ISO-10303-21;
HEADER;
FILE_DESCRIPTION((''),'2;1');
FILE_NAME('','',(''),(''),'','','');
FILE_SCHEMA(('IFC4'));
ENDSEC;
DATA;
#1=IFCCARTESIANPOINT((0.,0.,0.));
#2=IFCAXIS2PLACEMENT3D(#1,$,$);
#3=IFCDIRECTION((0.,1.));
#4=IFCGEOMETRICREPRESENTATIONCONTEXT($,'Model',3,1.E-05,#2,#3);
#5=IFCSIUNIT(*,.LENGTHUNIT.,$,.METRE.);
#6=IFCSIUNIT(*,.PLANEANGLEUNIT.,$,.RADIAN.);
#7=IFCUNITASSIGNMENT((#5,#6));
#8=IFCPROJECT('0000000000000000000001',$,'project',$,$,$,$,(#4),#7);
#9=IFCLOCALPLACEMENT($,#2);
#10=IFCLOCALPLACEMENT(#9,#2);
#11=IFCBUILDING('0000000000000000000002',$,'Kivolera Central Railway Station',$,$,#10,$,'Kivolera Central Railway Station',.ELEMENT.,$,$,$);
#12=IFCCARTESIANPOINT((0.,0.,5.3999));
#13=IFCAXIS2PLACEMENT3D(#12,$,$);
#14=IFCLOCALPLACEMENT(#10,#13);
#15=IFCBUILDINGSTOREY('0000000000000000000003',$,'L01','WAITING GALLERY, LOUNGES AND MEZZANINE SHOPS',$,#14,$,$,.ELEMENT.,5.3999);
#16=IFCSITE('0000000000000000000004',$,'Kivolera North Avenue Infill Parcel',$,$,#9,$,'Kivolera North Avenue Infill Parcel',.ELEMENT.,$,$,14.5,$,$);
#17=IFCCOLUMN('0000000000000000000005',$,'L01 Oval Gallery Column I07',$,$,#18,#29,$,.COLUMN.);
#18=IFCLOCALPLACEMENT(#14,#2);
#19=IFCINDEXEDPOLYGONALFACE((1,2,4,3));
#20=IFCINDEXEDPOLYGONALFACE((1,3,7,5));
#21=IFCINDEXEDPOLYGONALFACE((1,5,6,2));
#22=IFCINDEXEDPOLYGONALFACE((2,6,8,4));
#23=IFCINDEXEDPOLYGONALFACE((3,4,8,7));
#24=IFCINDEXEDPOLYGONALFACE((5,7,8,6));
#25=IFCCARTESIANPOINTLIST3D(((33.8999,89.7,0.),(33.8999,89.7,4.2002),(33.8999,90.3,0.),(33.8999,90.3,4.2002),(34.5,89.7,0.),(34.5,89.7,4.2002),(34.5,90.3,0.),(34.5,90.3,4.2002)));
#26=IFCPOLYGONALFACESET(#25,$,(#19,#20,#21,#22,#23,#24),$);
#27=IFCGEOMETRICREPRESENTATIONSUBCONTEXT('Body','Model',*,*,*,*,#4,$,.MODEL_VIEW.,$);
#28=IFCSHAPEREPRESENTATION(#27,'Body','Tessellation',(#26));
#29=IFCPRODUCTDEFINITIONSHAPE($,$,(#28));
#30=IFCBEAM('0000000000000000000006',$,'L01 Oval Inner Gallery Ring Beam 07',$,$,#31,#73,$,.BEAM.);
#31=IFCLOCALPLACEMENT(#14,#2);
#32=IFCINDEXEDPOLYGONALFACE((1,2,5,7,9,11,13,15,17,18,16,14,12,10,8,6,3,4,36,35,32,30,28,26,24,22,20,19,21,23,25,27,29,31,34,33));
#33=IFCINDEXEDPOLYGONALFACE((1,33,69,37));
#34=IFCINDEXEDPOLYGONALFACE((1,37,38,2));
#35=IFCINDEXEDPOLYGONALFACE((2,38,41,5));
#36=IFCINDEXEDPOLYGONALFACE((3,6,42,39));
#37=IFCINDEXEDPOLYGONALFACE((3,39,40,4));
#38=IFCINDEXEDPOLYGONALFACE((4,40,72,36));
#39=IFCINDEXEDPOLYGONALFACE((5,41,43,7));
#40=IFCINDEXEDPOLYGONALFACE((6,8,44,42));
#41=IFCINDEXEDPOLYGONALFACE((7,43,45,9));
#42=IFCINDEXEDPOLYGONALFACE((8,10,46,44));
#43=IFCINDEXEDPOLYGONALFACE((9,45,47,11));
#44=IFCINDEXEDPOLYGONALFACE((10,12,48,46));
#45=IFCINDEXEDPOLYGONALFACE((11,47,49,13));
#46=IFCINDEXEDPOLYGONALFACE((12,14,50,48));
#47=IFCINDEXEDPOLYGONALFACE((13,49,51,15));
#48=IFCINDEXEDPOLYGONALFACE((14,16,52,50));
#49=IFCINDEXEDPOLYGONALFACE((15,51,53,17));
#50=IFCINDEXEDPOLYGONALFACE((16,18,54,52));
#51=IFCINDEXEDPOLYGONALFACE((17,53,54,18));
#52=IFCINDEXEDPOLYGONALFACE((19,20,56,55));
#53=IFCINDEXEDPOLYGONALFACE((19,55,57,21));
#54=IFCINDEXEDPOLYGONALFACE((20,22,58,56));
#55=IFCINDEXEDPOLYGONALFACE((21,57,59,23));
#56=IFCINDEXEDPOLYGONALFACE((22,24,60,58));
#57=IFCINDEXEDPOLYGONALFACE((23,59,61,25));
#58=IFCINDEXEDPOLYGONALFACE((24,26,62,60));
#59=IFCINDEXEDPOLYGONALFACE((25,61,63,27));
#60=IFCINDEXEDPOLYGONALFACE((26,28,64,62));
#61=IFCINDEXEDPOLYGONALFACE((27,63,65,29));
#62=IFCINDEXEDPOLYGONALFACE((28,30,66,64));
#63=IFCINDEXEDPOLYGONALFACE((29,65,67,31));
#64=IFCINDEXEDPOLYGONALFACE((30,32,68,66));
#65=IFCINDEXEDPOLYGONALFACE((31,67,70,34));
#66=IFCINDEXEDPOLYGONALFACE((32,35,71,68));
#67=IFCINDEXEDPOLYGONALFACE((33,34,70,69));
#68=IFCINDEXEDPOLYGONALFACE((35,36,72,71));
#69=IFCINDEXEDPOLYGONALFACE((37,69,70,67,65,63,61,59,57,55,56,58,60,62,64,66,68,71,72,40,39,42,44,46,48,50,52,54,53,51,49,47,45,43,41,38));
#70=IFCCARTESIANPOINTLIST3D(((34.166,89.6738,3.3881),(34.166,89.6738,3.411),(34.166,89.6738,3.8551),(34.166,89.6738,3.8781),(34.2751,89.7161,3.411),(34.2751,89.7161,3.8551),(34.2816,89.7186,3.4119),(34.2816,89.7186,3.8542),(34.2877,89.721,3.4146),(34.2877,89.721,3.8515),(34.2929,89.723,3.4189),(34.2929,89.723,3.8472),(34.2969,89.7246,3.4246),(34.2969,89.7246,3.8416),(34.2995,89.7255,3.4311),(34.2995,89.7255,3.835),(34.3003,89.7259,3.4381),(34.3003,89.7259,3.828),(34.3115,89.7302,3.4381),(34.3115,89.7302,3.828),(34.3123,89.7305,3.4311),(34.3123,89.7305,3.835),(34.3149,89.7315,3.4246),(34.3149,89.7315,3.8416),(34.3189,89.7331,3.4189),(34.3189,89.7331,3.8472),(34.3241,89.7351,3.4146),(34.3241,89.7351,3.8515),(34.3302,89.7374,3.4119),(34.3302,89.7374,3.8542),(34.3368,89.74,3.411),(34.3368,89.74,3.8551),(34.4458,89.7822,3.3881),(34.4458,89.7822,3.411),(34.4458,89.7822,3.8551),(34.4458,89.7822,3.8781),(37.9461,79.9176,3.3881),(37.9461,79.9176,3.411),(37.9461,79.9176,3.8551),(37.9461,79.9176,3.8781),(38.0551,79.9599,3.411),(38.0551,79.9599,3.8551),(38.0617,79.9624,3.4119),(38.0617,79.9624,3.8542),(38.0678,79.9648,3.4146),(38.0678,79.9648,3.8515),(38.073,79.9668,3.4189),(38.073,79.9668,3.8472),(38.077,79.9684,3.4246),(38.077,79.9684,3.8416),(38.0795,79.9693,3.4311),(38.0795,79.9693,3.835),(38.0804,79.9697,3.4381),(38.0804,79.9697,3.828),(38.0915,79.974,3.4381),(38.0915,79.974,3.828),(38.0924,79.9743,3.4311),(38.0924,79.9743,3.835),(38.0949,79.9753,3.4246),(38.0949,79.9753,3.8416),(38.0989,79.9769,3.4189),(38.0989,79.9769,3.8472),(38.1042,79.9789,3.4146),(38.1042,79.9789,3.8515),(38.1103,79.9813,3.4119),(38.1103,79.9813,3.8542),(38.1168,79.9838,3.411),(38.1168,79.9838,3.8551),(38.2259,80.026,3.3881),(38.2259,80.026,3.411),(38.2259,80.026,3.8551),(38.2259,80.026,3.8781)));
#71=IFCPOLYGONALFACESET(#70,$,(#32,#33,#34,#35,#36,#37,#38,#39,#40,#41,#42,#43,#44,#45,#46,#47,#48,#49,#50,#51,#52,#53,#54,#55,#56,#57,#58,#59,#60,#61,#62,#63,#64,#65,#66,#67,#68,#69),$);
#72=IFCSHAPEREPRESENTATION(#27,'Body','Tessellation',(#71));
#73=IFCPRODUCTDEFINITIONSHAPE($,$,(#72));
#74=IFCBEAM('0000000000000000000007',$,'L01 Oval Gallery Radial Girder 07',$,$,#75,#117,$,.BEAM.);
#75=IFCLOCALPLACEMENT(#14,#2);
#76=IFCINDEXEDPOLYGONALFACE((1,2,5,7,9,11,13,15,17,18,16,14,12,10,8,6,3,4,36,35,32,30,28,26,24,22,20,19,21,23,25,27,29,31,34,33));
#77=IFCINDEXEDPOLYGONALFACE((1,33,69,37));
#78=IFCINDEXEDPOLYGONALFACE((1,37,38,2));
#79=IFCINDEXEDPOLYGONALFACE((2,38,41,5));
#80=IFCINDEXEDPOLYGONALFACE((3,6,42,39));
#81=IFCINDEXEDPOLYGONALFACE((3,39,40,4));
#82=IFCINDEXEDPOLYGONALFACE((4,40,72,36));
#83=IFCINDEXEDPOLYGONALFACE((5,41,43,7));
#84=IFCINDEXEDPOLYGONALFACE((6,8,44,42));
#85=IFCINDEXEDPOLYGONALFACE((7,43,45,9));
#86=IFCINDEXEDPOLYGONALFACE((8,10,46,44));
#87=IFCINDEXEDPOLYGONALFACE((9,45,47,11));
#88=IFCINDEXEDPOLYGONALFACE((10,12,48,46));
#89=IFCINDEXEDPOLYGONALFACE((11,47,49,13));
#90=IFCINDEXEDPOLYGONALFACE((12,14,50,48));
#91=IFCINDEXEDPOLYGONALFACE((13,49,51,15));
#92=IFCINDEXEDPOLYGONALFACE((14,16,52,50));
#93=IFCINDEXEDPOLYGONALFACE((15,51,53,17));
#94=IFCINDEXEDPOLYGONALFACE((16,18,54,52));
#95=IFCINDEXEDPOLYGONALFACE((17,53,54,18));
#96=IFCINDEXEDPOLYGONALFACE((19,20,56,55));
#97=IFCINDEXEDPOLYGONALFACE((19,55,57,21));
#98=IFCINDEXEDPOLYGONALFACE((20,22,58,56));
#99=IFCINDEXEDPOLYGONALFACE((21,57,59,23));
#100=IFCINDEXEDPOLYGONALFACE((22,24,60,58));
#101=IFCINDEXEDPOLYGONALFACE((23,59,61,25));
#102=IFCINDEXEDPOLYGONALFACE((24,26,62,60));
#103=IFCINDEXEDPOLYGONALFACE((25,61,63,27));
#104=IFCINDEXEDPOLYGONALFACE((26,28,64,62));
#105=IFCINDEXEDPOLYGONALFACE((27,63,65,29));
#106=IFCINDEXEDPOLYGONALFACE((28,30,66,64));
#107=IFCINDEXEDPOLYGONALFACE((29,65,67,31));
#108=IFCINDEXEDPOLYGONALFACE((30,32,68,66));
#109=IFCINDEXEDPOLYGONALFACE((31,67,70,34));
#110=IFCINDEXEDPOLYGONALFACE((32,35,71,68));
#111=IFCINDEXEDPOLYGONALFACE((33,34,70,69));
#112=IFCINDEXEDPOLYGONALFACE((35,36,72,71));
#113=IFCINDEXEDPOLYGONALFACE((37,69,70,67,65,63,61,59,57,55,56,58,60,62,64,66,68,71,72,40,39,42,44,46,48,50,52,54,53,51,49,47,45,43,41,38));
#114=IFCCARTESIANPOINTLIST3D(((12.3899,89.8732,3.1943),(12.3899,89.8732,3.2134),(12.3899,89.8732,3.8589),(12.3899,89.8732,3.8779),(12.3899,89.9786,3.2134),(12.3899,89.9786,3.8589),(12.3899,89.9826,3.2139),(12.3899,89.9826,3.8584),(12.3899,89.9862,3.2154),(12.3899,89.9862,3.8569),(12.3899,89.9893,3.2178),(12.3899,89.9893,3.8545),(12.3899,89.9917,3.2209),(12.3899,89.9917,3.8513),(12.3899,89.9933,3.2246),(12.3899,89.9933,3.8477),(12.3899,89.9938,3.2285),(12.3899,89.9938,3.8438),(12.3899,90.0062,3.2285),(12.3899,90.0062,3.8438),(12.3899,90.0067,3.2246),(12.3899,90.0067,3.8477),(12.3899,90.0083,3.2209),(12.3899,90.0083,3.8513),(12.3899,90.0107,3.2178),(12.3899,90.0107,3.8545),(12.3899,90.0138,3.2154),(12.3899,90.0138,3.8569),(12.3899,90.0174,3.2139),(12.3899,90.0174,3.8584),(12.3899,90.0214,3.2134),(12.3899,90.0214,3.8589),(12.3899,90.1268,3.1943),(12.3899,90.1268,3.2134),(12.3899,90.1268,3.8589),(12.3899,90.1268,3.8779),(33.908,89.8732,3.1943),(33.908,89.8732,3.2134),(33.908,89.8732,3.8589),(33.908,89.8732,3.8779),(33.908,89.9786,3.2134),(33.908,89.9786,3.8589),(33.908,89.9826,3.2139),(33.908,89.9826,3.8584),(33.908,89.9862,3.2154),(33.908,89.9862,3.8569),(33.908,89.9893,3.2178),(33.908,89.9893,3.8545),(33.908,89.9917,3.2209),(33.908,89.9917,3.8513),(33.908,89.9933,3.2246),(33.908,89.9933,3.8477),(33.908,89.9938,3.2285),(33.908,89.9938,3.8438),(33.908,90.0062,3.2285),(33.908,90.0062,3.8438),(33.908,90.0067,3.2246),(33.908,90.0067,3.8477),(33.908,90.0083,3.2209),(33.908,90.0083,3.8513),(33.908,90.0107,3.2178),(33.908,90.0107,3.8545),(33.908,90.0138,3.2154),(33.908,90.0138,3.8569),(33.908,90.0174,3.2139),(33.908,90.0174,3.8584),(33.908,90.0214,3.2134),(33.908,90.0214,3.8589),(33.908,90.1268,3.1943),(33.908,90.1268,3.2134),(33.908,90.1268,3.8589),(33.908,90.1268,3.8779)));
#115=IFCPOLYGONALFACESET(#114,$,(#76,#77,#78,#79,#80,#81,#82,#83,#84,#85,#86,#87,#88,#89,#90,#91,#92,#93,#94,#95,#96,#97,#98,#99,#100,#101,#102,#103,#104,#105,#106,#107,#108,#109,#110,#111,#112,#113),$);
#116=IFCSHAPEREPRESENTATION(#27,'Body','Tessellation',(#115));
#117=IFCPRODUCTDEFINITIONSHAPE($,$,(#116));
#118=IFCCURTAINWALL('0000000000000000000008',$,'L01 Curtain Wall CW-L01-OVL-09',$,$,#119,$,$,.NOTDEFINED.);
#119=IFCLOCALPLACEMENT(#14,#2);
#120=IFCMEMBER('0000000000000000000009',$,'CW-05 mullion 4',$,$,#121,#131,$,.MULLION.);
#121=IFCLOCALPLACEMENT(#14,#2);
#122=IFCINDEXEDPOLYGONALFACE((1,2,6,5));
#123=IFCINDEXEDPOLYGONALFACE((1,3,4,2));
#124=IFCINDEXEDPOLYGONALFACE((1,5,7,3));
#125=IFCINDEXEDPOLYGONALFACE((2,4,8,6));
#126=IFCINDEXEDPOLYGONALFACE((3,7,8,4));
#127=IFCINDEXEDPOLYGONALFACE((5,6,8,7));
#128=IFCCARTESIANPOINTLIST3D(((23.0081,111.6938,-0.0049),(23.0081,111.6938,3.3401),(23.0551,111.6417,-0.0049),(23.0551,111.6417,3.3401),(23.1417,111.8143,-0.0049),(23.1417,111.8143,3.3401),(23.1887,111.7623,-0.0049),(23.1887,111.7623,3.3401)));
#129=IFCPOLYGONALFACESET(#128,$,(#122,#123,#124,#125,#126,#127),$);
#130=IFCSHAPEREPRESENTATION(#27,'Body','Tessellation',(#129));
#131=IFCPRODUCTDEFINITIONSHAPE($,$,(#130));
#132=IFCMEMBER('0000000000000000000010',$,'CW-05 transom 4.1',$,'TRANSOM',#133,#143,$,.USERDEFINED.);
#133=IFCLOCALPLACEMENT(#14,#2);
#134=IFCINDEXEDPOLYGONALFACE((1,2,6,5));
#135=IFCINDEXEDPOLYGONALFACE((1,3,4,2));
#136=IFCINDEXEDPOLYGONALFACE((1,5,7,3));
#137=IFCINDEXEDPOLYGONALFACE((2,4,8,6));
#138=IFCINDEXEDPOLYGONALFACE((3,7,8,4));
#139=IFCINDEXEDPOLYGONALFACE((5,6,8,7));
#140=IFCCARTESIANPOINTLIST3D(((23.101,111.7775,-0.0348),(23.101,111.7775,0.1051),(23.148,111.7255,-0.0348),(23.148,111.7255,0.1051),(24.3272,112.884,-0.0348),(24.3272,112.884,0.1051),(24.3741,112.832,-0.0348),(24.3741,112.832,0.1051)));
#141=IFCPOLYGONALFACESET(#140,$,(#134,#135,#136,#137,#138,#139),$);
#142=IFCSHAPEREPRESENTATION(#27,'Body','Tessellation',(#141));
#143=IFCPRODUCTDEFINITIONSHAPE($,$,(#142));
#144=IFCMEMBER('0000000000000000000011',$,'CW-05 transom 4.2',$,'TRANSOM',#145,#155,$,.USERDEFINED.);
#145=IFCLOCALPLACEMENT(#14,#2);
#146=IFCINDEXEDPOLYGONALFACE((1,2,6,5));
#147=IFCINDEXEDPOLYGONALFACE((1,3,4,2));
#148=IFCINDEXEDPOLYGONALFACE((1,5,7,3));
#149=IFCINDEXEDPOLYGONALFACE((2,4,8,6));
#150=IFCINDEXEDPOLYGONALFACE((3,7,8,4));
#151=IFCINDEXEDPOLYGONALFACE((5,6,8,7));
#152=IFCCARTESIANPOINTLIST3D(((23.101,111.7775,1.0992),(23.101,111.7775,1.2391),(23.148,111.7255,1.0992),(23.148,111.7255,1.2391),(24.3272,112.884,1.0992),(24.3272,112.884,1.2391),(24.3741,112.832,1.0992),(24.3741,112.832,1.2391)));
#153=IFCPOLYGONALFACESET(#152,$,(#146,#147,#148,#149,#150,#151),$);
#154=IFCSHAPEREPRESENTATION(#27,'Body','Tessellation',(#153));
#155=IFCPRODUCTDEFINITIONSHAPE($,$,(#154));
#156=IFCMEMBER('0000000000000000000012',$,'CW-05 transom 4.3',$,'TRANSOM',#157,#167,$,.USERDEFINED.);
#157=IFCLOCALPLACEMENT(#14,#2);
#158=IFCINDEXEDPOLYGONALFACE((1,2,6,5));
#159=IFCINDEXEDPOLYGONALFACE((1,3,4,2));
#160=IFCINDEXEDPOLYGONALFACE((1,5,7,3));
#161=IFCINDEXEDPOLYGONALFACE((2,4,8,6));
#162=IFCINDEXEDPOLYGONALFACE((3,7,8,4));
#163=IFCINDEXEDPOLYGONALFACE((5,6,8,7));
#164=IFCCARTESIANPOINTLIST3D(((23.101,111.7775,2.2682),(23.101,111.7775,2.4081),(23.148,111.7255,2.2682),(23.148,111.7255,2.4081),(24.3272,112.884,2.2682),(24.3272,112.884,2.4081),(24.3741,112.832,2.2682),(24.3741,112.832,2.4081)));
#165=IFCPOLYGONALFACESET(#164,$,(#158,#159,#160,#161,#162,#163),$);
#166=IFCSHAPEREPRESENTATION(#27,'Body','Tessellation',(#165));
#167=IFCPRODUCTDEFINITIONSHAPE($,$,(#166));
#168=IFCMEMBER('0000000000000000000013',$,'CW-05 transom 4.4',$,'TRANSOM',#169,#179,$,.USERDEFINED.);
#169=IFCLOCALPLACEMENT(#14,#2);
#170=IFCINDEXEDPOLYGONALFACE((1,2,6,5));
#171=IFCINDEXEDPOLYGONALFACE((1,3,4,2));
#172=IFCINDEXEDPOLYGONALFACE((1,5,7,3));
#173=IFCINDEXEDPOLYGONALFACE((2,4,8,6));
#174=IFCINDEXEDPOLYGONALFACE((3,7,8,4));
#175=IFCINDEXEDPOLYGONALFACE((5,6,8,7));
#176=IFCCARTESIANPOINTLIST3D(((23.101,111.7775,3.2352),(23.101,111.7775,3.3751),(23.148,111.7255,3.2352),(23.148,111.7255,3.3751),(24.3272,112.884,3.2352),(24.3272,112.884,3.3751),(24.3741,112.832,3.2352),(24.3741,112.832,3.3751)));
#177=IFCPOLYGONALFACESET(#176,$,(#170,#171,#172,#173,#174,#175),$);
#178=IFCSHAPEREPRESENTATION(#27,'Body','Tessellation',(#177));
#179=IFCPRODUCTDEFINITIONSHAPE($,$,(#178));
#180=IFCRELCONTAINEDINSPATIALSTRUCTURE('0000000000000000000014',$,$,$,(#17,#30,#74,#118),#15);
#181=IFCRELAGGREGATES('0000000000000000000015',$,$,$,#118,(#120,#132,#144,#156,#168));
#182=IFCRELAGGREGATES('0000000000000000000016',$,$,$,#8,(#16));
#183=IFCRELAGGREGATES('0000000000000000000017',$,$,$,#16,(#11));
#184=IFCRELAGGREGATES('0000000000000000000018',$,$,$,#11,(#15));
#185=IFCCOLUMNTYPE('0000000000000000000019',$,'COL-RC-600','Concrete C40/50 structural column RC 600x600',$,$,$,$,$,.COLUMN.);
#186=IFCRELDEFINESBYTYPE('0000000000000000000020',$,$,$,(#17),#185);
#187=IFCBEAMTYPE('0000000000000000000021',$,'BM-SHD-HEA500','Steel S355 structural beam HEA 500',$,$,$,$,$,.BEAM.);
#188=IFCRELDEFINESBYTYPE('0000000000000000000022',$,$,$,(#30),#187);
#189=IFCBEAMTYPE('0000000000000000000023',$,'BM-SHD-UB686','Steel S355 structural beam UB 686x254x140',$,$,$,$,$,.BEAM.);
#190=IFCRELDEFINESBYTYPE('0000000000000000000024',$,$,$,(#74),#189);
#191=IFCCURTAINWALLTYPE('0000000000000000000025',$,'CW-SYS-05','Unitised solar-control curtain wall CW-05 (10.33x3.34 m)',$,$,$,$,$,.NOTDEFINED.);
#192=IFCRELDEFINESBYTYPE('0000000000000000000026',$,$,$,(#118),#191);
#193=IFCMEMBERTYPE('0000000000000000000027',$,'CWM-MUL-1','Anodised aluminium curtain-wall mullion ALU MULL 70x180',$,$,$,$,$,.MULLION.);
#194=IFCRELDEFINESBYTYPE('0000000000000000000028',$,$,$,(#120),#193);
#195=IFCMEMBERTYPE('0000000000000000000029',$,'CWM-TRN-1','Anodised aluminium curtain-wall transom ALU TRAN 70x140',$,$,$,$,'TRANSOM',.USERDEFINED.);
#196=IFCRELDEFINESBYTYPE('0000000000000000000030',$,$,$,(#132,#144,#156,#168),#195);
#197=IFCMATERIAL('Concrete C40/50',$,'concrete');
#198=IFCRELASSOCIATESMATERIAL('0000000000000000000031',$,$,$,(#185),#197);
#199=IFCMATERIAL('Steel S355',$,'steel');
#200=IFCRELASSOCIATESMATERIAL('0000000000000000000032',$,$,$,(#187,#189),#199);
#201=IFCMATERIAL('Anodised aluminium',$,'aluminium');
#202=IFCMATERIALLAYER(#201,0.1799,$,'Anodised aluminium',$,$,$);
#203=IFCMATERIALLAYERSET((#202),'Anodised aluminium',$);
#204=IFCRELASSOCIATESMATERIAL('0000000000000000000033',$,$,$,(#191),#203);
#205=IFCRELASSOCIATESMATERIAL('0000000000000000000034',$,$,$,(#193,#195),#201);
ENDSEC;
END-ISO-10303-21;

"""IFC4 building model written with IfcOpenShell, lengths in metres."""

from ifc_helpers import new_model, si_unit, direction, frame, origin, origin_2d, place, context, subcontext, project, spatial, rectangle, i_section, extrude, material, layer, layer_set, material_profile, profile_set, type_object, element, aggregate, save


model = new_model("IFC4")

# Units and contexts
model_context = context("Model", 3, precision=1e-05, world=origin(), true_north=direction((0.0, 1.0)))
body_context = subcontext(model_context, "Body", "Model", "MODEL_VIEW")
ifc_project = project(units=[si_unit("LENGTHUNIT", "METRE"), si_unit("PLANEANGLEUNIT", "RADIAN")], contexts=[model_context])

# Site, building, storey
site_placement = place(None, origin())
site = spatial("IfcSite", under=ifc_project, at=site_placement, Name="Kivolera North Avenue Infill Parcel", LongName="Kivolera North Avenue Infill Parcel", CompositionType="ELEMENT", RefElevation=14.5)
building_placement = place(site_placement, origin())
building = spatial("IfcBuilding", under=site, at=building_placement, Name="Kivolera Central Railway Station", LongName="Kivolera Central Railway Station", CompositionType="ELEMENT")
storey_placement = place(building_placement, frame((0.0, 0.0, 5.3999)))
storey = spatial("IfcBuildingStorey", under=building, at=storey_placement, Name="L01", Description="WAITING GALLERY, LOUNGES AND MEZZANINE SHOPS", CompositionType="ELEMENT", Elevation=5.3999)

# Column
ifc_material_1 = material(Name="Concrete C40/50", Category="concrete")
ifc_material_profile_1 = material_profile(ifc_material_1, rectangle(XDim=0.6001, YDim=0.6001, at=origin_2d()), Name="RC 600x600")
ifc_profile_set_1 = profile_set([ifc_material_profile_1], Name="Concrete C40/50")
column_type = type_object("IfcColumnType", Name="COL-RC-600", Description="Concrete C40/50 structural column RC 600x600", PredefinedType="COLUMN", material=ifc_profile_set_1)
column_placement = place(storey_placement, frame((34.2, 90.0, 0.0), z_axis=(0.0, 0.0, 1.0), x_axis=(1.0, 0.0, 0.0)))
element("IfcColumn", 1, at=column_placement, inside=storey, type_object=column_type, Name="L01 Oval Gallery Column I07", PredefinedType="COLUMN", context=body_context, shape_type="SweptSolid", body=[
    extrude(rectangle(XDim=0.6001, YDim=0.6001, at=origin_2d()), origin(), (0.0, 0.0, 1.0), 4.2002),
])

# Beams
ifc_material_2 = material(Name="Steel S355", Category="steel")
ifc_material_profile_2 = material_profile(ifc_material_2, i_section(OverallWidth=0.3, OverallDepth=0.49, WebThickness=0.012, FlangeThickness=0.0229, FilletRadius=0.0271, at=origin_2d()), Name="HEA 500")
ifc_profile_set_2 = profile_set([ifc_material_profile_2], Name="Steel S355")
beam_type_1 = type_object("IfcBeamType", Name="BM-SHD-HEA500", Description="Steel S355 structural beam HEA 500", PredefinedType="BEAM", material=ifc_profile_set_2)
beam_1_placement = place(storey_placement, frame((34.3059, 89.728, 3.6331), z_axis=(0.361283, -0.932456, 0.0), x_axis=(0.932456, 0.361283, 0.0)))
element("IfcBeam", 2, at=beam_1_placement, inside=storey, type_object=beam_type_1, Name="L01 Oval Inner Gallery Ring Beam 07", PredefinedType="BEAM", context=body_context, shape_type="SweptSolid", body=[
    extrude(i_section(OverallWidth=0.3, OverallDepth=0.49, WebThickness=0.012, FlangeThickness=0.0229, FilletRadius=0.0271, at=origin_2d()), origin(), (0.0, 0.0, 1.0), 10.4629),
])
ifc_material_profile_3 = material_profile(ifc_material_2, i_section(OverallWidth=0.2537, OverallDepth=0.6836, WebThickness=0.0125, FlangeThickness=0.019, FilletRadius=0.0151, at=origin_2d()), Name="UB 686x254x140")
ifc_profile_set_3 = profile_set([ifc_material_profile_3], Name="Steel S355")
beam_type_2 = type_object("IfcBeamType", Name="BM-SHD-UB686", Description="Steel S355 structural beam UB 686x254x140", PredefinedType="BEAM", material=ifc_profile_set_3)
beam_2_placement = place(storey_placement, frame((33.908, 90.0, 3.5361), z_axis=(-1.0, 0.0, 0.0), x_axis=(0.0, -1.0, 0.0)))
element("IfcBeam", 3, at=beam_2_placement, inside=storey, type_object=beam_type_2, Name="L01 Oval Gallery Radial Girder 07", PredefinedType="BEAM", context=body_context, shape_type="SweptSolid", body=[
    extrude(i_section(OverallWidth=0.2537, OverallDepth=0.6836, WebThickness=0.0125, FlangeThickness=0.019, FilletRadius=0.0151, at=origin_2d()), origin(), (0.0, 0.0, 1.0), 21.5181),
])

# Curtain wall, members
ifc_material_3 = material(Name="Anodised aluminium", Category="aluminium")
ifc_layer_1 = layer(ifc_material_3, 0.1799, Name="Anodised aluminium")
ifc_layer_set_1 = layer_set([ifc_layer_1], Name="Anodised aluminium")
curtain_wall_type = type_object("IfcCurtainWallType", Name="CW-SYS-05", Description="Unitised solar-control curtain wall CW-05 (10.33x3.34 m)", PredefinedType="NOTDEFINED", material=ifc_layer_set_1)
curtain_wall_placement = place(storey_placement, origin())
curtain_wall = element("IfcCurtainWall", 4, at=curtain_wall_placement, inside=storey, type_object=curtain_wall_type, Name="L01 Curtain Wall CW-L01-OVL-09", PredefinedType="NOTDEFINED")
ifc_material_profile_4 = material_profile(ifc_material_3, rectangle(XDim=0.0701, YDim=0.1799, at=origin_2d()), Name="ALU MULL 70x180")
ifc_profile_set_4 = profile_set([ifc_material_profile_4], Name="Anodised aluminium")
member_type_1 = type_object("IfcMemberType", Name="CWM-MUL-1", Description="Anodised aluminium curtain-wall mullion ALU MULL 70x180", PredefinedType="MULLION", material=ifc_profile_set_4)
member_1_placement = place(storey_placement, frame((23.0984, 111.728, -0.0049), z_axis=(0.0, 0.0, 1.0), x_axis=(-0.669922, 0.742432, 0.0)))
member_1 = element("IfcMember", 5, at=member_1_placement, type_object=member_type_1, Name="CW-05 mullion 4", PredefinedType="MULLION", context=body_context, shape_type="SweptSolid", body=[
    extrude(rectangle(XDim=0.0701, YDim=0.1799, at=origin_2d()), origin(), (0.0, 0.0, 1.0), 3.345),
])
ifc_material_profile_5 = material_profile(ifc_material_3, rectangle(XDim=0.0701, YDim=0.1399, at=origin_2d()), Name="ALU TRAN 70x140")
ifc_profile_set_5 = profile_set([ifc_material_profile_5], Name="Anodised aluminium")
member_type_2 = type_object("IfcMemberType", Name="CWM-TRN-1", Description="Anodised aluminium curtain-wall transom ALU TRAN 70x140", ElementType="TRANSOM", PredefinedType="USERDEFINED", material=ifc_profile_set_5)
member_2_placement = place(storey_placement, frame((23.1245, 111.7515, 0.0352), z_axis=(0.742397, 0.669961, 0.0), x_axis=(-0.669961, 0.742397, 0.0)))
member_2 = element("IfcMember", 6, at=member_2_placement, type_object=member_type_2, Name="CW-05 transom 4.1", ObjectType="TRANSOM", PredefinedType="USERDEFINED", context=body_context, shape_type="SweptSolid", body=[
    extrude(rectangle(XDim=0.0701, YDim=0.1399, at=origin_2d()), origin(), (0.0, 0.0, 1.0), 1.6516),
])
member_3_placement = place(storey_placement, frame((23.1245, 111.7515, 1.1692), z_axis=(0.742397, 0.669961, 0.0), x_axis=(-0.669961, 0.742397, 0.0)))
member_3 = element("IfcMember", 7, at=member_3_placement, type_object=member_type_2, Name="CW-05 transom 4.2", ObjectType="TRANSOM", PredefinedType="USERDEFINED", context=body_context, shape_type="SweptSolid", body=[
    extrude(rectangle(XDim=0.0701, YDim=0.1399, at=origin_2d()), origin(), (0.0, 0.0, 1.0), 1.6516),
])
member_4_placement = place(storey_placement, frame((23.1245, 111.7515, 2.3381), z_axis=(0.742397, 0.669961, 0.0), x_axis=(-0.669961, 0.742397, 0.0)))
member_4 = element("IfcMember", 8, at=member_4_placement, type_object=member_type_2, Name="CW-05 transom 4.3", ObjectType="TRANSOM", PredefinedType="USERDEFINED", context=body_context, shape_type="SweptSolid", body=[
    extrude(rectangle(XDim=0.0701, YDim=0.1399, at=origin_2d()), origin(), (0.0, 0.0, 1.0), 1.6516),
])
member_5_placement = place(storey_placement, frame((23.1245, 111.7515, 3.3052), z_axis=(0.742397, 0.669961, 0.0), x_axis=(-0.669961, 0.742397, 0.0)))
member_5 = element("IfcMember", 9, at=member_5_placement, type_object=member_type_2, Name="CW-05 transom 4.4", ObjectType="TRANSOM", PredefinedType="USERDEFINED", context=body_context, shape_type="SweptSolid", body=[
    extrude(rectangle(XDim=0.0701, YDim=0.1399, at=origin_2d()), origin(), (0.0, 0.0, 1.0), 1.6516),
])
aggregate(curtain_wall, [member_1, member_2, member_3, member_4, member_5])

save(model, "model.ifc")
